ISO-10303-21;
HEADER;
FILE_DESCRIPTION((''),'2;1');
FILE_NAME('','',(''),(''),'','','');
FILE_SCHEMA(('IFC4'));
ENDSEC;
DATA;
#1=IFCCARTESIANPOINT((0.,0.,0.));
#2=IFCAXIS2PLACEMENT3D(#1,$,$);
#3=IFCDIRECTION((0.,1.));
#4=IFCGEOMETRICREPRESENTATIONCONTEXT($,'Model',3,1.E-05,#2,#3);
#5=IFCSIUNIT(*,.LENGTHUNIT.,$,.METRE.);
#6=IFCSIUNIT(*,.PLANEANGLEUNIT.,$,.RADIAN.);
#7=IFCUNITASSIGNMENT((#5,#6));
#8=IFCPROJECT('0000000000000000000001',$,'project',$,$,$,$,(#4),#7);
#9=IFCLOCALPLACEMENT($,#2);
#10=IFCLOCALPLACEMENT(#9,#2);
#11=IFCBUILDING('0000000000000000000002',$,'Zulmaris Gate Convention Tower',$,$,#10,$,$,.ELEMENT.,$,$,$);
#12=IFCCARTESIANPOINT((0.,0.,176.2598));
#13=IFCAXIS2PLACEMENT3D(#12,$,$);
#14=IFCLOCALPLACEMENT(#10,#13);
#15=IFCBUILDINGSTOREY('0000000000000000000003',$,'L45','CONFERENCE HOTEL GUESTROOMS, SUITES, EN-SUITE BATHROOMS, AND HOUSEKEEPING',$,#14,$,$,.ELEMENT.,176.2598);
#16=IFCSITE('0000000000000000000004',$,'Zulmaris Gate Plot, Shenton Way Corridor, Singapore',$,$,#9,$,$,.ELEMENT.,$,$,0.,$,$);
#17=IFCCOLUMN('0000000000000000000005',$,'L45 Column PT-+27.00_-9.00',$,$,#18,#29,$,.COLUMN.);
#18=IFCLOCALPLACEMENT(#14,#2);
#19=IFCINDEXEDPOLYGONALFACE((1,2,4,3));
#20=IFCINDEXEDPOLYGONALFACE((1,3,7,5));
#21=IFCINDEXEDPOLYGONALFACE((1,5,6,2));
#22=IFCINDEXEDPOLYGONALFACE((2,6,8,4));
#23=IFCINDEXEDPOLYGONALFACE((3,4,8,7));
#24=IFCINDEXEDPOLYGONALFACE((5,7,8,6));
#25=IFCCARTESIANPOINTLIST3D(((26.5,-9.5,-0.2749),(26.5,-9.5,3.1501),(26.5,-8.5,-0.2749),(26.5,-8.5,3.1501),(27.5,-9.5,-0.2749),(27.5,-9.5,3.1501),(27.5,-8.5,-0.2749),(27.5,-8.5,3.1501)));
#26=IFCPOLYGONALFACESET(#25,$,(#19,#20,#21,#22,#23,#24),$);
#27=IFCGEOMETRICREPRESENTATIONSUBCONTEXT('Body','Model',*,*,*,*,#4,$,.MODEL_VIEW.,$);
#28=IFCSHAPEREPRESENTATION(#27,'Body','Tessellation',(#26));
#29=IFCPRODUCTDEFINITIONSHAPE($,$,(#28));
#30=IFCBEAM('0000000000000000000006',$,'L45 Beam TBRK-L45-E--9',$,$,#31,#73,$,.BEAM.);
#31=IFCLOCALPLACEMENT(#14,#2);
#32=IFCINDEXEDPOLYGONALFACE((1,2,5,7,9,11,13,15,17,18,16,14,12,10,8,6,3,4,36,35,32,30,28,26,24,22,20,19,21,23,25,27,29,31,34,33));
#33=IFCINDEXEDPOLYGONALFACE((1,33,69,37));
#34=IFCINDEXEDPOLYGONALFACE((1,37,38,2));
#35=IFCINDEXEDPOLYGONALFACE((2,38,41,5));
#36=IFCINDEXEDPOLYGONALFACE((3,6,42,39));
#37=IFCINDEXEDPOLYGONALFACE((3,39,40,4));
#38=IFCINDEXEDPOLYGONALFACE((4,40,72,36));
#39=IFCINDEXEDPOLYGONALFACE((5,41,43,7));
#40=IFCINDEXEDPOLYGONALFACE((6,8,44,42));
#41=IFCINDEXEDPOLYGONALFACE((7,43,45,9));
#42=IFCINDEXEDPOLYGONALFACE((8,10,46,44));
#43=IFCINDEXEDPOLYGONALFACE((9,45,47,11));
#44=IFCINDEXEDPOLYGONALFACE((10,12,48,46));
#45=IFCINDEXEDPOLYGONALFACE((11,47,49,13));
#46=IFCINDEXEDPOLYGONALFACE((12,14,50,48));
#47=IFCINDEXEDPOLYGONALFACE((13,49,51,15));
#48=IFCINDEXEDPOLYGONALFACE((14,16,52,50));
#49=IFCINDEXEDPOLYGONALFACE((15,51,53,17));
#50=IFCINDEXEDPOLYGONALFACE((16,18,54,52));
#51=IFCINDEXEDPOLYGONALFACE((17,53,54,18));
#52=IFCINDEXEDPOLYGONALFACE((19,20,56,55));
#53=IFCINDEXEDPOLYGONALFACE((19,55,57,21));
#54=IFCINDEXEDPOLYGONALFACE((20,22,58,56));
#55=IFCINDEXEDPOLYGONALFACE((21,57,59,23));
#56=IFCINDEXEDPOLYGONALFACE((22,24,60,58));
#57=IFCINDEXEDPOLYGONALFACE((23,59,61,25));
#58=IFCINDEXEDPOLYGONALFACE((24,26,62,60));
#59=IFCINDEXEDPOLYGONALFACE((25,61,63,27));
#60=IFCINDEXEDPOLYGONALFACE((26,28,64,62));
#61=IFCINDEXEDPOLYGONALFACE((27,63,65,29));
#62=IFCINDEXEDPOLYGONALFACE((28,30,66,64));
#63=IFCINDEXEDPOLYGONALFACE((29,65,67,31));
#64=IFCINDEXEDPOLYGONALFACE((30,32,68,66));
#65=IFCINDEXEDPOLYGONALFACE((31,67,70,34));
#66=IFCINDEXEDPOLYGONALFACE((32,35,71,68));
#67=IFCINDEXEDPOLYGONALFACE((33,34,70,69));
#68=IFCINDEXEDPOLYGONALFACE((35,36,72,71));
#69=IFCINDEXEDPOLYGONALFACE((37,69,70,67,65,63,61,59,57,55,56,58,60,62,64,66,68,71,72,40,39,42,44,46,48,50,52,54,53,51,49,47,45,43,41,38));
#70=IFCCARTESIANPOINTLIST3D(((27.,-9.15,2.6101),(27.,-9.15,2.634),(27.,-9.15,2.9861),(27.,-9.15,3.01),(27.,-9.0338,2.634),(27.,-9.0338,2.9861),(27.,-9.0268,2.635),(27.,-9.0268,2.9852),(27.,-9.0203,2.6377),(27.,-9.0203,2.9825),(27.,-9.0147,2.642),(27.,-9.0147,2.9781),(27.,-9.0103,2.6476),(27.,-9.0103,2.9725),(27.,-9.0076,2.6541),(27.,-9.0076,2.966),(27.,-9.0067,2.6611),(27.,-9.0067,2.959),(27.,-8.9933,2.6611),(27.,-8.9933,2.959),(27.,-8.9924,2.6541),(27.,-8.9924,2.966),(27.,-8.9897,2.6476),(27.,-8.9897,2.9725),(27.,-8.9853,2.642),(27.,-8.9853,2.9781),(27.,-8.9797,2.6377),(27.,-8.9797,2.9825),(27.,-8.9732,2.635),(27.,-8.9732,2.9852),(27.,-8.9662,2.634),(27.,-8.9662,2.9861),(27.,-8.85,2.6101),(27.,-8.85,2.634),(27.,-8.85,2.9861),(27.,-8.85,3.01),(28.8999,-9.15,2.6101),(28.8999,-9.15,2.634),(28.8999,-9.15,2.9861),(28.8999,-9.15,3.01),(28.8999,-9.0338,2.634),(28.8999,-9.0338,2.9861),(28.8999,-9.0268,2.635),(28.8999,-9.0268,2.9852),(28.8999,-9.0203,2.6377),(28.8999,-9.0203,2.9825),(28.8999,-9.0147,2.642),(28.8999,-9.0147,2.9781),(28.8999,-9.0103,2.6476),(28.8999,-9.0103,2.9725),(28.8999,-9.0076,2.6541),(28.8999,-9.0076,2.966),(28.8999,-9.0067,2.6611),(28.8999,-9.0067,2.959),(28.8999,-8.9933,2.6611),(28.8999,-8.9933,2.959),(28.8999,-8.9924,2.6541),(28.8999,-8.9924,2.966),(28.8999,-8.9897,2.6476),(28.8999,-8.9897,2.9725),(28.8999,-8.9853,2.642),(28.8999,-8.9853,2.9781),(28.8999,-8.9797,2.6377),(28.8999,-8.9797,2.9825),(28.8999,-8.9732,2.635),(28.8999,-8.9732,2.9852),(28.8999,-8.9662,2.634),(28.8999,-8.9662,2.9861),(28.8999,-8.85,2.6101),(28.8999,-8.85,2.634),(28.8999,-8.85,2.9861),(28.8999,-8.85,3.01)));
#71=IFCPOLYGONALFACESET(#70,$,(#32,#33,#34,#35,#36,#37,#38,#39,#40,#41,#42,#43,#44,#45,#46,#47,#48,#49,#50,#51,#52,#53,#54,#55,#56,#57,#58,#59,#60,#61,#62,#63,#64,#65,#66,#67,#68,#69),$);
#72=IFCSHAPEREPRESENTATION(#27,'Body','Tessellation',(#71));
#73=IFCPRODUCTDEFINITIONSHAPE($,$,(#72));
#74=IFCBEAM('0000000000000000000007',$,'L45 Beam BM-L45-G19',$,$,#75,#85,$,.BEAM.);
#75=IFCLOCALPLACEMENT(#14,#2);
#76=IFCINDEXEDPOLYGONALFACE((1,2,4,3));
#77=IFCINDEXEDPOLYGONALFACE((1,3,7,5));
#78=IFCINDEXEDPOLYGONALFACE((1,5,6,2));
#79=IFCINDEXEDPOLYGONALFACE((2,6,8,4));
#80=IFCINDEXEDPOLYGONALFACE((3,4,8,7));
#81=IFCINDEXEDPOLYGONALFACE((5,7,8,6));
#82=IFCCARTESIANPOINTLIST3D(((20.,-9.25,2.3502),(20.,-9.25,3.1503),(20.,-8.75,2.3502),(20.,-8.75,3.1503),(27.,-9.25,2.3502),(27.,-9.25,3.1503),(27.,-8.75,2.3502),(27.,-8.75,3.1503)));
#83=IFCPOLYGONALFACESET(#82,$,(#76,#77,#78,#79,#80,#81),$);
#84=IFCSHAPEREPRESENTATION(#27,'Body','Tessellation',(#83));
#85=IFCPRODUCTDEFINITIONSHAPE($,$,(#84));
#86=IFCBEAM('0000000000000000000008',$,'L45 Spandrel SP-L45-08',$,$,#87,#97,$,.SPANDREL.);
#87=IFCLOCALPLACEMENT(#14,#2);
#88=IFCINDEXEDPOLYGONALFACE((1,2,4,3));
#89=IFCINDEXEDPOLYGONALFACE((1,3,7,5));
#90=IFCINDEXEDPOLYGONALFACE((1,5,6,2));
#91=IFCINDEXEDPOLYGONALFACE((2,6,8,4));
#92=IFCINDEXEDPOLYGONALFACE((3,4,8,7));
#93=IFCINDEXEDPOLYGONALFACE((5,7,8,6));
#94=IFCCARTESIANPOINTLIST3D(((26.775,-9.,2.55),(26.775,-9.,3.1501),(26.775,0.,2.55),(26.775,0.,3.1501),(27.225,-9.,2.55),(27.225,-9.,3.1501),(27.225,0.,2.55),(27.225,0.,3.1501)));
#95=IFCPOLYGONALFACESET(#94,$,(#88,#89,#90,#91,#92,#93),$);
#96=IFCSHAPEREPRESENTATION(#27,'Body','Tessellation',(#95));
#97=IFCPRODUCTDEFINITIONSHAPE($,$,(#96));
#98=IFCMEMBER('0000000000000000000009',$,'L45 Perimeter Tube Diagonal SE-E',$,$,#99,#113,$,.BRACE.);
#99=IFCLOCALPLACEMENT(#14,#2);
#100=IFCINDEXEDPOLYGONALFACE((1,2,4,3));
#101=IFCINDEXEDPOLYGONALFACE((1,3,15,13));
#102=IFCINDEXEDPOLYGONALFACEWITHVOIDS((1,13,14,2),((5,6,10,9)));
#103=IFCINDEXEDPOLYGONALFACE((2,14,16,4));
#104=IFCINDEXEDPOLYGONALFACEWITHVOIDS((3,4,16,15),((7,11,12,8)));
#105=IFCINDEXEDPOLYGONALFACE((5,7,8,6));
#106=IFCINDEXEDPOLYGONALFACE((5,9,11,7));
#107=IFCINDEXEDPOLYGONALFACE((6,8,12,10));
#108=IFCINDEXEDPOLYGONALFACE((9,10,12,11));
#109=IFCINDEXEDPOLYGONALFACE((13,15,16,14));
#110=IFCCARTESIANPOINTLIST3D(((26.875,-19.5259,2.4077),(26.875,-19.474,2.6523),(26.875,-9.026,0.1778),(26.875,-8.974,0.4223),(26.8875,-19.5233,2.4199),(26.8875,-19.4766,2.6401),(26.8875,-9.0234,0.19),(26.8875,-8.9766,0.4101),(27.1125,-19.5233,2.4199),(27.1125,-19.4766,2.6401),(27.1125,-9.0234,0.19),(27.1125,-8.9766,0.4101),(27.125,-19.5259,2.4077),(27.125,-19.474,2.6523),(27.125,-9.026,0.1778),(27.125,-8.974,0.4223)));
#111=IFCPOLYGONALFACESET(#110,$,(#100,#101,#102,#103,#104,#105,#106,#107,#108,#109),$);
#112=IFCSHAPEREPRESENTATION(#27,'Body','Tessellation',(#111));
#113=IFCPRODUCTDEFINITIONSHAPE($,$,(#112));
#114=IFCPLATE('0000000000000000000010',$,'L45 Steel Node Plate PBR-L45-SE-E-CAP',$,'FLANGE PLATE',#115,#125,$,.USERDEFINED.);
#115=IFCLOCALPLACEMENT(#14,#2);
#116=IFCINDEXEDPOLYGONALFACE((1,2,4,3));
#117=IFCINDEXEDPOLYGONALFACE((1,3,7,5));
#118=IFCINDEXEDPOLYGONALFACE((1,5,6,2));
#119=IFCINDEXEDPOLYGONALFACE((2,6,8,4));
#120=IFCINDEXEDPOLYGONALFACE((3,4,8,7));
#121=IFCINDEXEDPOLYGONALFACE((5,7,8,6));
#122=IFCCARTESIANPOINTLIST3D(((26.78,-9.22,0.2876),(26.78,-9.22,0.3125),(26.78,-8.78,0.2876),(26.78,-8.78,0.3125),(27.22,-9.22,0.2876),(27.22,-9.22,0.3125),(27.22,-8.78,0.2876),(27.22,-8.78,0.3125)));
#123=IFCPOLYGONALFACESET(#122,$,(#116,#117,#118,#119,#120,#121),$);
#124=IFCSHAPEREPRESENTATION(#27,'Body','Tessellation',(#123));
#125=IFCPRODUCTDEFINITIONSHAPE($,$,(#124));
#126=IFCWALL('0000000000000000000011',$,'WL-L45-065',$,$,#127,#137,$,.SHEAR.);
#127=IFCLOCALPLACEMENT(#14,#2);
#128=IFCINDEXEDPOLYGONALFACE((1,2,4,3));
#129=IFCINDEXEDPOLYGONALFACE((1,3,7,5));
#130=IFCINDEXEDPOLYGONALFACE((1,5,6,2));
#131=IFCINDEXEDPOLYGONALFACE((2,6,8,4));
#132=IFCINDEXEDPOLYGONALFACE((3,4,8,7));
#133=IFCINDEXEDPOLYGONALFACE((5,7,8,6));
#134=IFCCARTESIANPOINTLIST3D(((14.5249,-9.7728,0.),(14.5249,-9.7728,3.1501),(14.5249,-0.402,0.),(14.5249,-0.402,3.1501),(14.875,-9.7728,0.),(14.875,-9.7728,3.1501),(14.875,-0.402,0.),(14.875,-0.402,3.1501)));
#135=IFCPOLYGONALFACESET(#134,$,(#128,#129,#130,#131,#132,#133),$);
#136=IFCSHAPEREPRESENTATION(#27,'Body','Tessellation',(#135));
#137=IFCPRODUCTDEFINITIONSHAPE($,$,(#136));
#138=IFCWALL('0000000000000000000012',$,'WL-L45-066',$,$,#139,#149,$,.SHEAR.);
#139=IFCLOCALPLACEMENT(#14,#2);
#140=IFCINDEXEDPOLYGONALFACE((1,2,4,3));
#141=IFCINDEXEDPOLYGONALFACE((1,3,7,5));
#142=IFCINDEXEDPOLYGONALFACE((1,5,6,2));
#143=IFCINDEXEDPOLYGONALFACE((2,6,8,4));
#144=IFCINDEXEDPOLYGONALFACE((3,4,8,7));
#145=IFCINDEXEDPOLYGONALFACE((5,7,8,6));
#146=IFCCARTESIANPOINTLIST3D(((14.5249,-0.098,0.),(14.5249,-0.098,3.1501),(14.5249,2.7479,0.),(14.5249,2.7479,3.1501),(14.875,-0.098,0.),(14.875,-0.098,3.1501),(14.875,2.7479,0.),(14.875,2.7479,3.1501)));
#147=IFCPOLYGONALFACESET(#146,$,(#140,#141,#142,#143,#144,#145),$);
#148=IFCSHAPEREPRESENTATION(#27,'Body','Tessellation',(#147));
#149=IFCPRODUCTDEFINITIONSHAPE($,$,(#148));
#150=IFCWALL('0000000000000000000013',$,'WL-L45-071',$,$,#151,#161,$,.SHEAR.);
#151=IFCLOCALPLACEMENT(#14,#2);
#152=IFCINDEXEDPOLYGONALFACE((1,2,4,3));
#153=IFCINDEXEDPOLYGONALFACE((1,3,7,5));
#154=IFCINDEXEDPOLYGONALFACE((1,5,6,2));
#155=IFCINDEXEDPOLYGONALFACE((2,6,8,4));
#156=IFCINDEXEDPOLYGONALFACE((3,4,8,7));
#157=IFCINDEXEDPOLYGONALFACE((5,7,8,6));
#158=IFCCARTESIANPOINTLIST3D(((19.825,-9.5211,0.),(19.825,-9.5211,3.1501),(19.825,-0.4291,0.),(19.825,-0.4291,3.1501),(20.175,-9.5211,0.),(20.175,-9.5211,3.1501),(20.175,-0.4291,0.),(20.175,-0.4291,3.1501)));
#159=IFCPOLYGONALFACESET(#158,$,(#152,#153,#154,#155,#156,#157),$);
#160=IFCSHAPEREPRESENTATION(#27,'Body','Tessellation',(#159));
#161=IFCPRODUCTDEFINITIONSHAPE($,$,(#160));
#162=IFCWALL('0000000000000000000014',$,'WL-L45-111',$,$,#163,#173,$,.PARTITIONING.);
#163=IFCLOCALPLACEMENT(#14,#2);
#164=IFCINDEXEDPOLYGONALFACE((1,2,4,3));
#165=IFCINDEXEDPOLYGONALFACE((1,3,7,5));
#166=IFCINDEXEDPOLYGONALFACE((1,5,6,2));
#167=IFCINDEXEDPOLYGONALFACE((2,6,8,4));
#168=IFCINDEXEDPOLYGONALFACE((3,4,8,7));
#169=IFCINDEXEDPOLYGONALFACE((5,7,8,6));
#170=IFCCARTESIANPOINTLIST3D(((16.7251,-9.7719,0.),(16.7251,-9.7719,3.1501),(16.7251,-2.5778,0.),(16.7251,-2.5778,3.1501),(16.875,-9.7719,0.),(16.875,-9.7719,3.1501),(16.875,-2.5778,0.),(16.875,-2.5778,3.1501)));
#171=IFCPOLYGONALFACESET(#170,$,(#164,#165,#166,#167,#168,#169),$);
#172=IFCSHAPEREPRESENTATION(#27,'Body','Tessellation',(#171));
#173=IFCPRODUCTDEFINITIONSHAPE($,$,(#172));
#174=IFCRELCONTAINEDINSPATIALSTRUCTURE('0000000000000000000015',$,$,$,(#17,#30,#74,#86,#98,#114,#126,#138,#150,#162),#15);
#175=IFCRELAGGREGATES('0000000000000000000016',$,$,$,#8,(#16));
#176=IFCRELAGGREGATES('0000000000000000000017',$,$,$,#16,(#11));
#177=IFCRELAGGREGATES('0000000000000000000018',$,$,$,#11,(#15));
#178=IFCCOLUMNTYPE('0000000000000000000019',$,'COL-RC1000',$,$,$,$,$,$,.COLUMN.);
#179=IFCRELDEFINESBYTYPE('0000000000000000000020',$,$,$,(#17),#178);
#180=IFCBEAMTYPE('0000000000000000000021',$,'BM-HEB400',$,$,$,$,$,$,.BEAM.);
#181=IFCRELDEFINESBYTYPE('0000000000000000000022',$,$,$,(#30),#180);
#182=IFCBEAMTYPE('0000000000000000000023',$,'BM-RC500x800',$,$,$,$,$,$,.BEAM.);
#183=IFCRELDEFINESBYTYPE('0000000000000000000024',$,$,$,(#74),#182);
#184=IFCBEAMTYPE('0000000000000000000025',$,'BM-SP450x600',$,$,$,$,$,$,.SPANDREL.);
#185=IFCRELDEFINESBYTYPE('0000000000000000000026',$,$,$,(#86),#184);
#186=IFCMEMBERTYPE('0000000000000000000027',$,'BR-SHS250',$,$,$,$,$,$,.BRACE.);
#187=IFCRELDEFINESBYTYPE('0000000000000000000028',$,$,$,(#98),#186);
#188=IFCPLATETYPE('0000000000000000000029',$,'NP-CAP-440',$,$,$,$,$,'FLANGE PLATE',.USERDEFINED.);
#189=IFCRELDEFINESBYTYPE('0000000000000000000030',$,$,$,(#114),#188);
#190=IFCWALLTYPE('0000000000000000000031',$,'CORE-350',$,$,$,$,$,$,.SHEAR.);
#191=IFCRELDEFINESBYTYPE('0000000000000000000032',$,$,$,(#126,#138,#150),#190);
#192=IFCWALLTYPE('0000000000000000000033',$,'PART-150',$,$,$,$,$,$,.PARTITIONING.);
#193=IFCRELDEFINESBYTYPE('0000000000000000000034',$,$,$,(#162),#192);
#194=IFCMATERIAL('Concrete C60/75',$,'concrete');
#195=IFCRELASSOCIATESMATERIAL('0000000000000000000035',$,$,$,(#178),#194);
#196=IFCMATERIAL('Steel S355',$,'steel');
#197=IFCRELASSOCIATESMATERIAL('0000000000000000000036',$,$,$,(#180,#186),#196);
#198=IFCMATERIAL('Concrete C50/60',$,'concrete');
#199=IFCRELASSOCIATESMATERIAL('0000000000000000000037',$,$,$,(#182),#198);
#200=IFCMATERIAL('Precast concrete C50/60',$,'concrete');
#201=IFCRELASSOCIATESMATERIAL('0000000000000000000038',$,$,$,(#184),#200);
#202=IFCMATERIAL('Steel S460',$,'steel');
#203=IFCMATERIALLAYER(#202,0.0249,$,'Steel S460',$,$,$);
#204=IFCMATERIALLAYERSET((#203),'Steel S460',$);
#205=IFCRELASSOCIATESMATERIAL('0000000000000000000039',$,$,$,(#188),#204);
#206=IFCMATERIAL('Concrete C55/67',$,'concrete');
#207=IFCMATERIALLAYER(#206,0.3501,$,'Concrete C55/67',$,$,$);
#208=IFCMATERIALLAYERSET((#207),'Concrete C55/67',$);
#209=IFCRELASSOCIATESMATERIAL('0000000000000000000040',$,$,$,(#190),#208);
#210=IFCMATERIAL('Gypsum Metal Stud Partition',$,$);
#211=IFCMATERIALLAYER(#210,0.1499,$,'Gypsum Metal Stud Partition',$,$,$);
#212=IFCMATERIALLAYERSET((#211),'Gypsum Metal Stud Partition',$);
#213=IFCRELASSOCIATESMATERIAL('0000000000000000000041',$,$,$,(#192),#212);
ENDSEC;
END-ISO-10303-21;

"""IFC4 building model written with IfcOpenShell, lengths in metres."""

from ifc_helpers import new_model, si_unit, direction, frame, frame_2d, origin, origin_2d, place, context, subcontext, project, spatial, rectangle, hollow_rectangle, i_section, extrude, material, layer, layer_set, material_profile, profile_set, type_object, element, save


model = new_model("IFC4")

# Units and contexts
model_context = context("Model", 3, precision=1e-05, world=origin(), true_north=direction((0.0, 1.0)))
body_context = subcontext(model_context, "Body", "Model", "MODEL_VIEW")
ifc_project = project(units=[si_unit("LENGTHUNIT", "METRE"), si_unit("PLANEANGLEUNIT", "RADIAN")], contexts=[model_context])

# Site, building, storey
site_placement = place(None, origin())
site = spatial("IfcSite", under=ifc_project, at=site_placement, Name="Zulmaris Gate Plot, Shenton Way Corridor, Singapore", CompositionType="ELEMENT", RefElevation=0.0)
building_placement = place(site_placement, origin())
building = spatial("IfcBuilding", under=site, at=building_placement, Name="Zulmaris Gate Convention Tower", CompositionType="ELEMENT")
storey_placement = place(building_placement, frame((0.0, 0.0, 176.2598)))
storey = spatial("IfcBuildingStorey", under=building, at=storey_placement, Name="L45", Description="CONFERENCE HOTEL GUESTROOMS, SUITES, EN-SUITE BATHROOMS, AND HOUSEKEEPING", CompositionType="ELEMENT", Elevation=176.2598)

# Column
ifc_material_1 = material(Name="Concrete C60/75", Category="concrete")
ifc_material_profile_1 = material_profile(ifc_material_1, rectangle(XDim=1.0, YDim=1.0, at=origin_2d()), Name="RC COL 1000x1000")
ifc_profile_set_1 = profile_set([ifc_material_profile_1], Name="Concrete C60/75")
column_type = type_object("IfcColumnType", Name="COL-RC1000", PredefinedType="COLUMN", material=ifc_profile_set_1)
column_placement = place(storey_placement, frame((27.0, -9.0, -0.2749), z_axis=(0.0, 0.0, 1.0), x_axis=(1.0, 0.0, 0.0)))
element("IfcColumn", 1, at=column_placement, inside=storey, type_object=column_type, Name="L45 Column PT-+27.00_-9.00", PredefinedType="COLUMN", context=body_context, shape_type="SweptSolid", body=[
    extrude(rectangle(XDim=1.0, YDim=1.0, at=origin_2d()), origin(), (0.0, 0.0, 1.0), 3.425),
])

# Beams
ifc_material_2 = material(Name="Steel S355", Category="steel")
ifc_material_profile_2 = material_profile(ifc_material_2, i_section(OverallWidth=0.3, OverallDepth=0.3999, WebThickness=0.0134, FlangeThickness=0.0239, FilletRadius=0.0271, at=origin_2d()), Name="HEB 400")
ifc_profile_set_2 = profile_set([ifc_material_profile_2], Name="Steel S355")
beam_type_1 = type_object("IfcBeamType", Name="BM-HEB400", PredefinedType="BEAM", material=ifc_profile_set_2)
beam_1_placement = place(storey_placement, frame((27.0, -9.0, 2.8101), z_axis=(1.0, 0.0, 0.0), x_axis=(0.0, 1.0, 0.0)))
element("IfcBeam", 2, at=beam_1_placement, inside=storey, type_object=beam_type_1, Name="L45 Beam TBRK-L45-E--9", PredefinedType="BEAM", context=body_context, shape_type="SweptSolid", body=[
    extrude(i_section(OverallWidth=0.3, OverallDepth=0.3999, WebThickness=0.0134, FlangeThickness=0.0239, FilletRadius=0.0271, at=origin_2d()), origin(), (0.0, 0.0, 1.0), 1.8999),
])
ifc_material_3 = material(Name="Concrete C50/60", Category="concrete")
ifc_material_profile_3 = material_profile(ifc_material_3, rectangle(XDim=0.5, YDim=0.8, at=origin_2d()), Name="RC BEAM 500x800")
ifc_profile_set_3 = profile_set([ifc_material_profile_3], Name="Concrete C50/60")
beam_type_2 = type_object("IfcBeamType", Name="BM-RC500x800", PredefinedType="BEAM", material=ifc_profile_set_3)
beam_2_placement = place(storey_placement, frame((20.0, -9.0, 2.7502), z_axis=(1.0, 0.0, 0.0), x_axis=(0.0, 1.0, 0.0)))
element("IfcBeam", 3, at=beam_2_placement, inside=storey, type_object=beam_type_2, Name="L45 Beam BM-L45-G19", PredefinedType="BEAM", context=body_context, shape_type="SweptSolid", body=[
    extrude(rectangle(XDim=0.5, YDim=0.8, at=origin_2d()), origin(), (0.0, 0.0, 1.0), 7.0),
])
ifc_material_4 = material(Name="Precast concrete C50/60", Category="concrete")
ifc_material_profile_4 = material_profile(ifc_material_4, rectangle(XDim=0.45, YDim=0.6001, at=origin_2d()), Name="RC SPANDREL 450x600")
ifc_profile_set_4 = profile_set([ifc_material_profile_4], Name="Precast concrete C50/60")
beam_type_3 = type_object("IfcBeamType", Name="BM-SP450x600", PredefinedType="SPANDREL", material=ifc_profile_set_4)
beam_3_placement = place(storey_placement, frame((27.0, -9.0, 2.8501), z_axis=(0.0, 1.0, 0.0), x_axis=(-1.0, 0.0, 0.0)))
element("IfcBeam", 4, at=beam_3_placement, inside=storey, type_object=beam_type_3, Name="L45 Spandrel SP-L45-08", PredefinedType="SPANDREL", context=body_context, shape_type="SweptSolid", body=[
    extrude(rectangle(XDim=0.45, YDim=0.6001, at=origin_2d()), origin(), (0.0, 0.0, 1.0), 9.0),
])

# Member
ifc_material_profile_5 = material_profile(ifc_material_2, hollow_rectangle(XDim=0.25, YDim=0.25, WallThickness=0.0125, at=origin_2d()), Name="SHS 250x250x12.5")
ifc_profile_set_5 = profile_set([ifc_material_profile_5], Name="Steel S355")
member_type = type_object("IfcMemberType", Name="BR-SHS250", PredefinedType="BRACE", material=ifc_profile_set_5)
member_placement = place(storey_placement, frame((27.0, -9.0, 0.3), z_axis=(0.0, -0.978183, 0.207746), x_axis=(1.0, 0.0, 0.0)))
element("IfcMember", 5, at=member_placement, inside=storey, type_object=member_type, Name="L45 Perimeter Tube Diagonal SE-E", PredefinedType="BRACE", context=body_context, shape_type="SweptSolid", body=[
    extrude(hollow_rectangle(XDim=0.25, YDim=0.25, WallThickness=0.0125, at=origin_2d()), origin(), (0.0, 0.0, 1.0), 10.7341),
])

# Plate
ifc_material_5 = material(Name="Steel S460", Category="steel")
ifc_layer_1 = layer(ifc_material_5, 0.0249, Name="Steel S460")
ifc_layer_set_1 = layer_set([ifc_layer_1], Name="Steel S460")
plate_type = type_object("IfcPlateType", Name="NP-CAP-440", ElementType="FLANGE PLATE", PredefinedType="USERDEFINED", material=ifc_layer_set_1)
plate_placement = place(storey_placement, frame((27.0, -9.0, 0.2876), z_axis=(0.0, 0.0, 1.0), x_axis=(1.0, 0.0, 0.0)))
element("IfcPlate", 6, at=plate_placement, inside=storey, type_object=plate_type, Name="L45 Steel Node Plate PBR-L45-SE-E-CAP", ObjectType="FLANGE PLATE", PredefinedType="USERDEFINED", context=body_context, shape_type="SweptSolid", body=[
    extrude(rectangle(XDim=0.4399, YDim=0.4399, at=origin_2d()), origin(), (0.0, 0.0, 1.0), 0.0249),
])

# Walls
ifc_material_6 = material(Name="Concrete C55/67", Category="concrete")
ifc_layer_2 = layer(ifc_material_6, 0.3501, Name="Concrete C55/67")
ifc_layer_set_2 = layer_set([ifc_layer_2], Name="Concrete C55/67")
wall_type_1 = type_object("IfcWallType", Name="CORE-350", PredefinedType="SHEAR", material=ifc_layer_set_2)
wall_1_placement = place(storey_placement, frame((14.7, -9.7729, 0.0), z_axis=(0.0, 0.0, 1.0), x_axis=(0.0, 1.0, 0.0)))
element("IfcWall", 7, at=wall_1_placement, inside=storey, type_object=wall_type_1, Name="WL-L45-065", PredefinedType="SHEAR", context=body_context, shape_type="SweptSolid", body=[
    extrude(rectangle(XDim=9.3708, YDim=0.3501, at=frame_2d((4.6855, 0.0))), origin(), (0.0, 0.0, 1.0), 3.1501),
])
wall_2_placement = place(storey_placement, frame((14.7, -0.0979, 0.0), z_axis=(0.0, 0.0, 1.0), x_axis=(0.0, 1.0, 0.0)))
element("IfcWall", 8, at=wall_2_placement, inside=storey, type_object=wall_type_1, Name="WL-L45-066", PredefinedType="SHEAR", context=body_context, shape_type="SweptSolid", body=[
    extrude(rectangle(XDim=2.8459, YDim=0.3501, at=frame_2d((1.4229, 0.0))), origin(), (0.0, 0.0, 1.0), 3.1501),
])
wall_3_placement = place(storey_placement, frame((20.0, -9.521, 0.0), z_axis=(0.0, 0.0, 1.0), x_axis=(0.0, 1.0, 0.0)))
element("IfcWall", 9, at=wall_3_placement, inside=storey, type_object=wall_type_1, Name="WL-L45-071", PredefinedType="SHEAR", context=body_context, shape_type="SweptSolid", body=[
    extrude(rectangle(XDim=9.092, YDim=0.3501, at=frame_2d((4.5459, 0.0))), origin(), (0.0, 0.0, 1.0), 3.1501),
])

# Shared definitions
ifc_material_7 = material(Name="Gypsum Metal Stud Partition")
ifc_layer_3 = layer(ifc_material_7, 0.1499, Name="Gypsum Metal Stud Partition")
ifc_layer_set_3 = layer_set([ifc_layer_3], Name="Gypsum Metal Stud Partition")
wall_type_2 = type_object("IfcWallType", Name="PART-150", PredefinedType="PARTITIONING", material=ifc_layer_set_3)

# Wall
wall_4_placement = place(storey_placement, frame((16.8, -9.772, 0.0), z_axis=(0.0, 0.0, 1.0), x_axis=(0.0, 1.0, 0.0)))
element("IfcWall", 10, at=wall_4_placement, inside=storey, type_object=wall_type_2, Name="WL-L45-111", PredefinedType="PARTITIONING", context=body_context, shape_type="SweptSolid", body=[
    extrude(rectangle(XDim=7.1941, YDim=0.1499, at=frame_2d((3.5972, 0.0))), origin(), (0.0, 0.0, 1.0), 3.1501),
])

save(model, "model.ifc")
